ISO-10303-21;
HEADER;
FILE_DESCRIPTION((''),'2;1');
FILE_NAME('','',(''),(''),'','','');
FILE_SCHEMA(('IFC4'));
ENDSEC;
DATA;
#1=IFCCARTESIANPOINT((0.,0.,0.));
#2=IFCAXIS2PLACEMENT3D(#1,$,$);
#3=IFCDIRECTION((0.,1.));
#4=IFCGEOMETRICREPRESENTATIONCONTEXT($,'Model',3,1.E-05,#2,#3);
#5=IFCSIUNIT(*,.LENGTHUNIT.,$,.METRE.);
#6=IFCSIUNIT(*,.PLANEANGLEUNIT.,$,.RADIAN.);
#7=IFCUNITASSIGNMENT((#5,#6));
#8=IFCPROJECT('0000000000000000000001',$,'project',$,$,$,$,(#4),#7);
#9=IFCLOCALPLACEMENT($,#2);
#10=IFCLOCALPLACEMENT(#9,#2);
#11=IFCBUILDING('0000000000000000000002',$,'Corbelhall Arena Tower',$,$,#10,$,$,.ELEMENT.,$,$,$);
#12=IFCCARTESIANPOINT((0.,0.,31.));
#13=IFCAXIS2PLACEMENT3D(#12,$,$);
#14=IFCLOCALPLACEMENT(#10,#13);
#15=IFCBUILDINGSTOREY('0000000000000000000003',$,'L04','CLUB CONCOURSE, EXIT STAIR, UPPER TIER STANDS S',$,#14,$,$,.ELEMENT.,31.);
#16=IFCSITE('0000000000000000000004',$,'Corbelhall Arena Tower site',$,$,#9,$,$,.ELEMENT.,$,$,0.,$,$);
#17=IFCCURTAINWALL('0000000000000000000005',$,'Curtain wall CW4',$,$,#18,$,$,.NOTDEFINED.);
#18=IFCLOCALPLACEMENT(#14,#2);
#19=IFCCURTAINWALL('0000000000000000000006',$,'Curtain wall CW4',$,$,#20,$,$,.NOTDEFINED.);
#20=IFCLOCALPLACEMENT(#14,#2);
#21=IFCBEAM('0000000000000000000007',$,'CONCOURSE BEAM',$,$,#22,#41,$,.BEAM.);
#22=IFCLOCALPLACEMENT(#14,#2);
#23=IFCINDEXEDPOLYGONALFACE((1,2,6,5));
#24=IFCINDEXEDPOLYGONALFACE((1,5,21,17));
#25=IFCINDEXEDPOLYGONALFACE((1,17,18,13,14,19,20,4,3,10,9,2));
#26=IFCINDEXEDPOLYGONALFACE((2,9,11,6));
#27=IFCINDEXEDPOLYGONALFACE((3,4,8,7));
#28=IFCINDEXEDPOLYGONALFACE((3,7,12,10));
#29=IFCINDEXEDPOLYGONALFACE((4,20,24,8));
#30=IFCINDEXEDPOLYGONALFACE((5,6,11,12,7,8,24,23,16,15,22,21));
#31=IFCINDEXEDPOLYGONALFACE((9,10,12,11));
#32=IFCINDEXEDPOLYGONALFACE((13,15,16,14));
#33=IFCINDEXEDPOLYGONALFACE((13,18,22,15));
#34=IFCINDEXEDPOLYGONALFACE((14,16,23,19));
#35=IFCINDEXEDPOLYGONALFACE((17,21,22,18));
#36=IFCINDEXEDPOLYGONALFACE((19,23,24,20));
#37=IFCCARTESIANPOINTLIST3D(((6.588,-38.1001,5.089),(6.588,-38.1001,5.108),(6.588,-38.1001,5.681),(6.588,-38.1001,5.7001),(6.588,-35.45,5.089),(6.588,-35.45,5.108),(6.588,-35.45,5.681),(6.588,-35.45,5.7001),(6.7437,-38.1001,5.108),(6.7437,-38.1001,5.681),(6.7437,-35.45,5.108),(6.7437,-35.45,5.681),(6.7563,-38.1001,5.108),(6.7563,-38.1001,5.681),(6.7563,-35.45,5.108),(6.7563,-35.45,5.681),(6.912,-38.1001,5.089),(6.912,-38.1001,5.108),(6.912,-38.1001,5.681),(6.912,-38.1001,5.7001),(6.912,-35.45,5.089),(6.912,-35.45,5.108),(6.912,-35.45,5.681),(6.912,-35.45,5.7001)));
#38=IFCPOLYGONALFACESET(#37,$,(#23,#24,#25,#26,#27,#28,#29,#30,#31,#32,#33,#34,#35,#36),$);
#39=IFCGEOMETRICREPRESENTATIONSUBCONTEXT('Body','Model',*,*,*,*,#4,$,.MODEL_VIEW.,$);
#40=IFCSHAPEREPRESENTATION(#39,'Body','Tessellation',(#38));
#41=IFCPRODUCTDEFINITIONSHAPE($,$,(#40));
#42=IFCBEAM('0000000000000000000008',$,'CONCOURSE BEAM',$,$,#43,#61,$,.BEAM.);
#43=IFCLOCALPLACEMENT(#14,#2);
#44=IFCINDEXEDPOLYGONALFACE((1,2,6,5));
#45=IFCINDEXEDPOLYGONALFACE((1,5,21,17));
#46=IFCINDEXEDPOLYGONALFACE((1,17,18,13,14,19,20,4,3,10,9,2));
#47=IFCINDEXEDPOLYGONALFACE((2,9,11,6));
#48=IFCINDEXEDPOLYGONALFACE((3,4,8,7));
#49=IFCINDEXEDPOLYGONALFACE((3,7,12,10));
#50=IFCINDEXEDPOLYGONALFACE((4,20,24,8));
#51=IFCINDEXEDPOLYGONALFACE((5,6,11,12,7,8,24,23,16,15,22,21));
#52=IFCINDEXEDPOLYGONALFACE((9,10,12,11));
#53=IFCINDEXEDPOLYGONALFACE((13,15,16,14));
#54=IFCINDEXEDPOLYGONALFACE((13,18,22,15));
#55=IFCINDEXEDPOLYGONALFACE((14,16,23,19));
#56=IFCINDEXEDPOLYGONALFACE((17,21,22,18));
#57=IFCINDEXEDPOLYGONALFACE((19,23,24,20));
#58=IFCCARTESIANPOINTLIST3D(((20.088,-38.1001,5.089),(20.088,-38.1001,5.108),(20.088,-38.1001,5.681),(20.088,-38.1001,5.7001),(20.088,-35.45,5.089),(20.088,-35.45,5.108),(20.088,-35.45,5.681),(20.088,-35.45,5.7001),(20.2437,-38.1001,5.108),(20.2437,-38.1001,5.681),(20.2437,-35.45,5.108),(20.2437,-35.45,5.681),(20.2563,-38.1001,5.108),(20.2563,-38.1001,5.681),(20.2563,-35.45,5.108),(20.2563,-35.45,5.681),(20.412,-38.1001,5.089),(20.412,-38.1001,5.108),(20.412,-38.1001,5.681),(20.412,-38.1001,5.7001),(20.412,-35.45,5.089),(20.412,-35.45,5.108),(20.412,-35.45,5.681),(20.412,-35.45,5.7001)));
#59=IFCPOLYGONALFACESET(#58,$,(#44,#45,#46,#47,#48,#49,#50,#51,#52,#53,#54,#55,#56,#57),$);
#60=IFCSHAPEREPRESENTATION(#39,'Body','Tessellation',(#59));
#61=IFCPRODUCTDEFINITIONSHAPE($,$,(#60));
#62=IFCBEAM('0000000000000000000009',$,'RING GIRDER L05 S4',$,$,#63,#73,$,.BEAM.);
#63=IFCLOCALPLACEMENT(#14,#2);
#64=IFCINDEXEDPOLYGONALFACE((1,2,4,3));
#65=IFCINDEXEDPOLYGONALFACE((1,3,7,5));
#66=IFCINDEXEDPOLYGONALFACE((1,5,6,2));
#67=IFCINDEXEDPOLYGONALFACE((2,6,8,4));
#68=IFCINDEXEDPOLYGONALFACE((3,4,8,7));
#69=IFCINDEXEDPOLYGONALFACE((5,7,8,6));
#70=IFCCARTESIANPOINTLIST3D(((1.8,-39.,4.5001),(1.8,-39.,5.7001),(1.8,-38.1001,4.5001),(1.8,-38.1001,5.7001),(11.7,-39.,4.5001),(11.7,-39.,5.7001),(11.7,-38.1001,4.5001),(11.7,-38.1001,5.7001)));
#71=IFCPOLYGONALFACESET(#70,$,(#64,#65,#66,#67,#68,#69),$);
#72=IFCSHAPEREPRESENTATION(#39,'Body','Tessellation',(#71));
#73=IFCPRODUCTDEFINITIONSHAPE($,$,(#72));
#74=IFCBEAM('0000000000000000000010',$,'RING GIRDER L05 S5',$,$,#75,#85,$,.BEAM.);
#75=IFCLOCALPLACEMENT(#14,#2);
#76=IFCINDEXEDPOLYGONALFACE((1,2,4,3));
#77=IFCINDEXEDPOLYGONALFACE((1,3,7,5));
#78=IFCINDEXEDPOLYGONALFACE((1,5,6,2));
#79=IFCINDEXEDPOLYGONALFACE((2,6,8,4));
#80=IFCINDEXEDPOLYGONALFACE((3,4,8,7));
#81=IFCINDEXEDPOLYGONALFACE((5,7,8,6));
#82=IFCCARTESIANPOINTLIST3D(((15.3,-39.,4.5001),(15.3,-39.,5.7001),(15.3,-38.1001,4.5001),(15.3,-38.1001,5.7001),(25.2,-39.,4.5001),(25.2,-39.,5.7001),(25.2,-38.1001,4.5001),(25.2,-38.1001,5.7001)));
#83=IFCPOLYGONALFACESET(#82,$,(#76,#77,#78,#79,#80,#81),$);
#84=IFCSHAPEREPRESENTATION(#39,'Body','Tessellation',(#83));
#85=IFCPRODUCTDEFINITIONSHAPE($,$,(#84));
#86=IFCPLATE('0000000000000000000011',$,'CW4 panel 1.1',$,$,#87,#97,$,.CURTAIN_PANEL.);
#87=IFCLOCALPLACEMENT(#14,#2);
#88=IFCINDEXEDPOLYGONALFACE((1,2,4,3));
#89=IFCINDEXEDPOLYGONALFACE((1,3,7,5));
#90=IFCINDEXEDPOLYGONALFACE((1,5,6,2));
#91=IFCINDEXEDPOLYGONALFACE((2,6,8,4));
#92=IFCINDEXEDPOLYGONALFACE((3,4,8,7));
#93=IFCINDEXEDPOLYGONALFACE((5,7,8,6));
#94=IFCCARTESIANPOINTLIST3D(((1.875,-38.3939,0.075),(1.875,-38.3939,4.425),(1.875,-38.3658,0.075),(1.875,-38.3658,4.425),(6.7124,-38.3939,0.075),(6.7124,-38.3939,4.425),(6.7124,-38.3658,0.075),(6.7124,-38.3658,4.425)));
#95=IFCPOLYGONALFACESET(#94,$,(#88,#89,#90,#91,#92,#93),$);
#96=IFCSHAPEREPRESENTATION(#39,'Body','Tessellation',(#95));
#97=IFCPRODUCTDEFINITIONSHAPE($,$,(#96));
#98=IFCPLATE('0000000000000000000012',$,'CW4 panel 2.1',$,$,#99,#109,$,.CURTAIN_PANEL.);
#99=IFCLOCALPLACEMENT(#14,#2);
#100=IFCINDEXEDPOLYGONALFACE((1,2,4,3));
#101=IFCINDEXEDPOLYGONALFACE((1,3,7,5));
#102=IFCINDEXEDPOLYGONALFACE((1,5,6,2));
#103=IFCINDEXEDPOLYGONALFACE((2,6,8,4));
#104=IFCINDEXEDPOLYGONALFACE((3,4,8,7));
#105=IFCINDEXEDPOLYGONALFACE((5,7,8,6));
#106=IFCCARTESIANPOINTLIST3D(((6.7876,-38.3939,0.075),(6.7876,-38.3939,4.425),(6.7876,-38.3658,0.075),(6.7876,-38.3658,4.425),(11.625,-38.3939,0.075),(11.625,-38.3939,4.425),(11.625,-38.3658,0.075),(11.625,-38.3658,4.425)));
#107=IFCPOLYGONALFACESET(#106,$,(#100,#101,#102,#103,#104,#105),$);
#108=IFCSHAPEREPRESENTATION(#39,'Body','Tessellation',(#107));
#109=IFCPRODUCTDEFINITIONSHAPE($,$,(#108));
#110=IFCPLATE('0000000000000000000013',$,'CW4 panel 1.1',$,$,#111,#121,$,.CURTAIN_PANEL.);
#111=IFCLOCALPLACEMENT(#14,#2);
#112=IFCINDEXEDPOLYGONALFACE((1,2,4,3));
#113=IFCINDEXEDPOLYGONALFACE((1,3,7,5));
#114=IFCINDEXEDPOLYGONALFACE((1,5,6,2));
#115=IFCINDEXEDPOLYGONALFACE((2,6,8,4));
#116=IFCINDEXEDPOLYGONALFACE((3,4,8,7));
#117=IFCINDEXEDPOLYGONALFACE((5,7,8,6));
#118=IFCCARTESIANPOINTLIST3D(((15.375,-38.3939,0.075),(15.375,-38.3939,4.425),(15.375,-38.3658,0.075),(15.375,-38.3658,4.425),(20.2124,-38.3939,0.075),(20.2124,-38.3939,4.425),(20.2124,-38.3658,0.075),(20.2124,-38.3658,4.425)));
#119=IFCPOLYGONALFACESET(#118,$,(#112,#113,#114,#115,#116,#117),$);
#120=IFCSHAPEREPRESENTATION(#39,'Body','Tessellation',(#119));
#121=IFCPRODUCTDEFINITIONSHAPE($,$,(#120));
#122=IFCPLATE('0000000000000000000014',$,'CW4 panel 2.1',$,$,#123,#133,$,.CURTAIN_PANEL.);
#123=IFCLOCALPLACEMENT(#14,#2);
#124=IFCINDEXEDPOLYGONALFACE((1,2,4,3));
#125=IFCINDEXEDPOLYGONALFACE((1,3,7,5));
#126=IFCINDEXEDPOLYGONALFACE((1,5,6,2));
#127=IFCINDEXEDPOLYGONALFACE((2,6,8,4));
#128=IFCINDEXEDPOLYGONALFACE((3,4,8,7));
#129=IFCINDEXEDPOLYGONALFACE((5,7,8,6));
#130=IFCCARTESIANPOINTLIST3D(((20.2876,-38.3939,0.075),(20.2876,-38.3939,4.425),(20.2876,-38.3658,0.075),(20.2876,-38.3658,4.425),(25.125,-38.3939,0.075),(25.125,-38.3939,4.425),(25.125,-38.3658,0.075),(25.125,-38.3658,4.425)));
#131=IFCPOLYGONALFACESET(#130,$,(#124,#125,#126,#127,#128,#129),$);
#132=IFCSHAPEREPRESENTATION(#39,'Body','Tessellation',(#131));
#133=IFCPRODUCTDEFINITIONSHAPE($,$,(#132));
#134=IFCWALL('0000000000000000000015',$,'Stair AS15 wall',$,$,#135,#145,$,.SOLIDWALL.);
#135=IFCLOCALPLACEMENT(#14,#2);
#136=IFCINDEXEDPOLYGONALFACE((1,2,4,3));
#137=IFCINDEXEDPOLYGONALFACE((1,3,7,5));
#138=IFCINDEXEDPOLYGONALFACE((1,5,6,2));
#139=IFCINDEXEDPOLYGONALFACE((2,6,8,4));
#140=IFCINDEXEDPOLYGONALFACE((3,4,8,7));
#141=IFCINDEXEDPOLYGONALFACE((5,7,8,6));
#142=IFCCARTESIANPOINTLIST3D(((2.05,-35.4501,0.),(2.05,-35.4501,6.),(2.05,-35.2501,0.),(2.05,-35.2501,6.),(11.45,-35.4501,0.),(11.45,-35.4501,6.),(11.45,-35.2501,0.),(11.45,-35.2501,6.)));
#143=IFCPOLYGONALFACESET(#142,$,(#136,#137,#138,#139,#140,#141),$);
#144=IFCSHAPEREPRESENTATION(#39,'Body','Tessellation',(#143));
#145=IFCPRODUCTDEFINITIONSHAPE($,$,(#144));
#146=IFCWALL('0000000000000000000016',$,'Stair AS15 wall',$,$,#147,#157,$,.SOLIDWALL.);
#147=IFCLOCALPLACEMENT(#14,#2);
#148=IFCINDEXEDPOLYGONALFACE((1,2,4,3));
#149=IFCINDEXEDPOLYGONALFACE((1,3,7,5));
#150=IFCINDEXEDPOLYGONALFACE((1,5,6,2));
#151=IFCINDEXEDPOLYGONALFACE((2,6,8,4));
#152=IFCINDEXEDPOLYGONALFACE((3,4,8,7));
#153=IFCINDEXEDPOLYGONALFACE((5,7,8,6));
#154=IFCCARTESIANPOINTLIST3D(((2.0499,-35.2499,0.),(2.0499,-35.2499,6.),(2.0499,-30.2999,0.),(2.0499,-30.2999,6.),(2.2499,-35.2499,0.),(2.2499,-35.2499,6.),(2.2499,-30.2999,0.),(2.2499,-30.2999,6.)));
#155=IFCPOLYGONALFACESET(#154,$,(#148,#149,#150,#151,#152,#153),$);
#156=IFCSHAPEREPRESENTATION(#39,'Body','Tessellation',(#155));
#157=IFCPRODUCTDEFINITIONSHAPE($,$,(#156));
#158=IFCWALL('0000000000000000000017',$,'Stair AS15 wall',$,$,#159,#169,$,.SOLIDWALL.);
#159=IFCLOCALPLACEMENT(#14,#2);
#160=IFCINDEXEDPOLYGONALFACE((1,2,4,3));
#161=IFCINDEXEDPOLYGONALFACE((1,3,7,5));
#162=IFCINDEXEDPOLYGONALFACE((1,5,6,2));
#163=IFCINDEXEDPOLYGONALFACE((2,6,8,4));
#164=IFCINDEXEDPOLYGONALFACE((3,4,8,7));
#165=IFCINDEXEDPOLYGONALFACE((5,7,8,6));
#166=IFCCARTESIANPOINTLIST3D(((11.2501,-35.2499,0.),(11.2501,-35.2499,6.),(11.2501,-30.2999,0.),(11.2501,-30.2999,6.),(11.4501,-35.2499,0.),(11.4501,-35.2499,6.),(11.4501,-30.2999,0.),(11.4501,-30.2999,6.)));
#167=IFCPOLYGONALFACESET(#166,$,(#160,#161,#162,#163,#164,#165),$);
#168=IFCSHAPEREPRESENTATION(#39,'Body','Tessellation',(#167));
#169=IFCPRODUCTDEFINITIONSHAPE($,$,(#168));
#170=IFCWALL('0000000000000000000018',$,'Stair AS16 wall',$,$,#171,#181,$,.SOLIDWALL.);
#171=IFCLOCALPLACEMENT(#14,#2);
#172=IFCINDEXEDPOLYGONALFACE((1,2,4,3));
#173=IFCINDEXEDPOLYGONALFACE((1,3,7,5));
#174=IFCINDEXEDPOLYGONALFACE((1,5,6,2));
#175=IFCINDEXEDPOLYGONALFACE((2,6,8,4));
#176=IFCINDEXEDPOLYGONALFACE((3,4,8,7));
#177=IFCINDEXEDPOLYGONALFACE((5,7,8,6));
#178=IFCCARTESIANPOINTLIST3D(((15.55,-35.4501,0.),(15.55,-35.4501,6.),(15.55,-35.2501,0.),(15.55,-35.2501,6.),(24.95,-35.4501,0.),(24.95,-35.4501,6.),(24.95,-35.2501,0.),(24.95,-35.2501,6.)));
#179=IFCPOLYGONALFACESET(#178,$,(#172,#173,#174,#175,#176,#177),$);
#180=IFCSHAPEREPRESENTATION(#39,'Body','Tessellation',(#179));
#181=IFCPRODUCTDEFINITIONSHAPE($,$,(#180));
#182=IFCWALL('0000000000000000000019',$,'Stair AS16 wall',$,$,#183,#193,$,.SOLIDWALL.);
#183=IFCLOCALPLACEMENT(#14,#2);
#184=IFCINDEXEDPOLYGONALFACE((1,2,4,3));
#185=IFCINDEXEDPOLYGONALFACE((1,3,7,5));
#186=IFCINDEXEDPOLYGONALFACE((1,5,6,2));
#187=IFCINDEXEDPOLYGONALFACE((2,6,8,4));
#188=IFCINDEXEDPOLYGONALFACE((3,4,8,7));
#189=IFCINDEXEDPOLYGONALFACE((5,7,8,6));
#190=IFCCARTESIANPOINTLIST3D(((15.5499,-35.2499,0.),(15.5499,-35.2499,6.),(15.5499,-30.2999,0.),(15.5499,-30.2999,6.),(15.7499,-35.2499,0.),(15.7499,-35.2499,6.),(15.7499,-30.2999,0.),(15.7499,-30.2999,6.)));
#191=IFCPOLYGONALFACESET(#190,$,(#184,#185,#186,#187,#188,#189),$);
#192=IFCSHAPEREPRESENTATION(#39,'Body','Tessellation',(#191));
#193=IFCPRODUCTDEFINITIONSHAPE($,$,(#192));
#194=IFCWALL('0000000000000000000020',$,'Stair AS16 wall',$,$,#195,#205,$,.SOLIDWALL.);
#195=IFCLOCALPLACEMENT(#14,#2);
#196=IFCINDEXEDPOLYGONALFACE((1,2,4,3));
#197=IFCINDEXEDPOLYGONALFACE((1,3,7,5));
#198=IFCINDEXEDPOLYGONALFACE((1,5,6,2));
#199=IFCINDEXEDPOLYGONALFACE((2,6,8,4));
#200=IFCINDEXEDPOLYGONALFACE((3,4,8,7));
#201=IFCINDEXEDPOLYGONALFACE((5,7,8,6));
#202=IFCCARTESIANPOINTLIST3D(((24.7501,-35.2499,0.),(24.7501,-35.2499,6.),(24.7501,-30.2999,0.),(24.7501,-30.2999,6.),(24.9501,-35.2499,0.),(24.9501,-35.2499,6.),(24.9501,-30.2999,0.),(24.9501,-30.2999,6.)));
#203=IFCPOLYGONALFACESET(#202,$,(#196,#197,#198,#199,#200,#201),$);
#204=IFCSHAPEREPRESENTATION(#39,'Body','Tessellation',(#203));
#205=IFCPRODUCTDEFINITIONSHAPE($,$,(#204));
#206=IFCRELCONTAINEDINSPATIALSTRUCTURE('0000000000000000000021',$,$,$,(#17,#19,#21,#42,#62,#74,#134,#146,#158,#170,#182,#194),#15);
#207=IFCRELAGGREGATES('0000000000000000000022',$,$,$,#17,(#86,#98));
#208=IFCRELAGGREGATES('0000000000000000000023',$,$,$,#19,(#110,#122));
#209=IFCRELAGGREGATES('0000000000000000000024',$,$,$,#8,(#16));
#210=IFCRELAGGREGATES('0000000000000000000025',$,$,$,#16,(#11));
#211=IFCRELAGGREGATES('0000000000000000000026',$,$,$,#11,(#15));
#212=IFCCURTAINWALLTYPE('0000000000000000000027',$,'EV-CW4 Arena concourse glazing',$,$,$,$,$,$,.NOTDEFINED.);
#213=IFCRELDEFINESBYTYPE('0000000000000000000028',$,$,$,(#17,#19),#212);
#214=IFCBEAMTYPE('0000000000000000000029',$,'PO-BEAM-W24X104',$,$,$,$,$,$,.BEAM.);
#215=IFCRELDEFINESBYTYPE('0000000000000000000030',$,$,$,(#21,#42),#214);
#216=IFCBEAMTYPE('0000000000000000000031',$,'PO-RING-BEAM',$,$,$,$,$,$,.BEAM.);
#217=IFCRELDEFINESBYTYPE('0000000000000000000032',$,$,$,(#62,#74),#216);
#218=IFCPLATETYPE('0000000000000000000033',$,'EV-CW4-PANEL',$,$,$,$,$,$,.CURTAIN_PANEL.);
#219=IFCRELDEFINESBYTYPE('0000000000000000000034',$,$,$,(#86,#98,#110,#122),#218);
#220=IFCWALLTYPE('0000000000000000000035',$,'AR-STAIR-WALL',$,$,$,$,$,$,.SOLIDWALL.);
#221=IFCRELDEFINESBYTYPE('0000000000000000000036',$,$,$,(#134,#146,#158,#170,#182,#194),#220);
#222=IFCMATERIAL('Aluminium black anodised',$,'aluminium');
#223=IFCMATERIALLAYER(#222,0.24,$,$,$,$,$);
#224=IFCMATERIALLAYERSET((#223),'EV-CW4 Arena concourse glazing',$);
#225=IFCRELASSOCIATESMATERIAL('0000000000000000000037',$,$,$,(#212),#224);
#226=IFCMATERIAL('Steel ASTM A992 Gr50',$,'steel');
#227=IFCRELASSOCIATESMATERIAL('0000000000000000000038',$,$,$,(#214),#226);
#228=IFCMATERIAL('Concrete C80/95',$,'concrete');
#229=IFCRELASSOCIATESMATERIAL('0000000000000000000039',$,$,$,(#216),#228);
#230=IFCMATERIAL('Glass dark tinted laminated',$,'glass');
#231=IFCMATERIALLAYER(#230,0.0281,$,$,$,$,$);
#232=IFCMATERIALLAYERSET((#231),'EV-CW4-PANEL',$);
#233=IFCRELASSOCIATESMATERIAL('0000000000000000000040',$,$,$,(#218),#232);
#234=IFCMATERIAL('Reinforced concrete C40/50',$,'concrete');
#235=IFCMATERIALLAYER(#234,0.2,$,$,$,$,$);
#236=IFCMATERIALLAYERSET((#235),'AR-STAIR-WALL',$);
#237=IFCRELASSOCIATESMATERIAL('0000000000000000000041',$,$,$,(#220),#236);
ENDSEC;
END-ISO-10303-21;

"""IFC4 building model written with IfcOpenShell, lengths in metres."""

from ifc_helpers import new_model, si_unit, direction, frame, frame_2d, origin, origin_2d, place, context, subcontext, project, spatial, rectangle, i_section, extrude, material, layer, layer_set, material_profile, profile_set, type_object, element, aggregate, save


model = new_model("IFC4")

# Units and contexts
model_context = context("Model", 3, precision=1e-05, world=origin(), true_north=direction((0.0, 1.0)))
body_context = subcontext(model_context, "Body", "Model", "MODEL_VIEW")
ifc_project = project(units=[si_unit("LENGTHUNIT", "METRE"), si_unit("PLANEANGLEUNIT", "RADIAN")], contexts=[model_context])

# Site, building, storey
site_placement = place(None, origin())
site = spatial("IfcSite", under=ifc_project, at=site_placement, Name="Corbelhall Arena Tower site", CompositionType="ELEMENT", RefElevation=0.0)
building_placement = place(site_placement, origin())
building = spatial("IfcBuilding", under=site, at=building_placement, Name="Corbelhall Arena Tower", CompositionType="ELEMENT")
storey_placement = place(building_placement, frame((0.0, 0.0, 31.0)))
storey = spatial("IfcBuildingStorey", under=building, at=storey_placement, Name="L04", Description="CLUB CONCOURSE, EXIT STAIR, UPPER TIER STANDS S", CompositionType="ELEMENT", Elevation=31.0)

# Shared definitions
ifc_material_1 = material(Name="Concrete C80/95", Category="concrete")

# Curtain walls
ifc_material_2 = material(Name="Aluminium black anodised", Category="aluminium")
ifc_layer_1 = layer(ifc_material_2, 0.24)
ifc_layer_set_1 = layer_set([ifc_layer_1], Name="EV-CW4 Arena concourse glazing")
curtain_wall_type = type_object("IfcCurtainWallType", Name="EV-CW4 Arena concourse glazing", PredefinedType="NOTDEFINED", material=ifc_layer_set_1)
curtain_wall_1_placement = place(storey_placement, origin())
curtain_wall_1 = element("IfcCurtainWall", 1, at=curtain_wall_1_placement, inside=storey, type_object=curtain_wall_type, Name="Curtain wall CW4", PredefinedType="NOTDEFINED")
curtain_wall_2_placement = place(storey_placement, origin())
curtain_wall_2 = element("IfcCurtainWall", 2, at=curtain_wall_2_placement, inside=storey, type_object=curtain_wall_type, Name="Curtain wall CW4", PredefinedType="NOTDEFINED")

# Beams
ifc_material_3 = material(Name="Steel ASTM A992 Gr50", Category="steel")
ifc_material_profile_1 = material_profile(ifc_material_3, i_section(OverallWidth=0.324, OverallDepth=0.6111, WebThickness=0.0127, FlangeThickness=0.019, at=origin_2d()))
ifc_profile_set_1 = profile_set([ifc_material_profile_1], Name="Steel ASTM A992 Gr50")
beam_type_1 = type_object("IfcBeamType", Name="PO-BEAM-W24X104", PredefinedType="BEAM", material=ifc_profile_set_1)
for number, where, z_axis, x_axis, name in (
    (3, (6.75, -35.45, 5.3945), (0.0, -1.0, 0.0), (1.0, 0.0, 0.0), "CONCOURSE BEAM"),
    (4, (20.25, -35.45, 5.3945), (0.0, -1.0, 0.0), (1.0, 0.0, 0.0), "CONCOURSE BEAM"),
):
    element("IfcBeam", number, at=place(storey_placement, frame(where, z_axis=z_axis, x_axis=x_axis)), inside=storey, type_object=beam_type_1, Name=name, PredefinedType="BEAM", context=body_context, shape_type="SweptSolid", body=[
        extrude(i_section(OverallWidth=0.324, OverallDepth=0.6111, WebThickness=0.0127, FlangeThickness=0.019, at=origin_2d()), origin(), (0.0, 0.0, 1.0), 2.6501),
    ])
ifc_material_profile_2 = material_profile(ifc_material_1, rectangle(XDim=0.8999, YDim=1.2, at=origin_2d()))
ifc_profile_set_2 = profile_set([ifc_material_profile_2], Name="Concrete C80/95")
beam_type_2 = type_object("IfcBeamType", Name="PO-RING-BEAM", PredefinedType="BEAM", material=ifc_profile_set_2)
for number, where, z_axis, x_axis, name in (
    (5, (1.8, -38.55, 5.1001), (1.0, 0.0, 0.0), (0.0, 1.0, 0.0), "RING GIRDER L05 S4"),
    (6, (15.3, -38.55, 5.1001), (1.0, 0.0, 0.0), (0.0, 1.0, 0.0), "RING GIRDER L05 S5"),
):
    element("IfcBeam", number, at=place(storey_placement, frame(where, z_axis=z_axis, x_axis=x_axis)), inside=storey, type_object=beam_type_2, Name=name, PredefinedType="BEAM", context=body_context, shape_type="SweptSolid", body=[
        extrude(rectangle(XDim=0.8999, YDim=1.2, at=origin_2d()), origin(), (0.0, 0.0, 1.0), 9.8999),
    ])

# Plates
ifc_material_4 = material(Name="Glass dark tinted laminated", Category="glass")
ifc_layer_2 = layer(ifc_material_4, 0.0281)
ifc_layer_set_2 = layer_set([ifc_layer_2], Name="EV-CW4-PANEL")
plate_type = type_object("IfcPlateType", Name="EV-CW4-PANEL", PredefinedType="CURTAIN_PANEL", material=ifc_layer_set_2)
plate_1_placement = place(storey_placement, frame((4.2937, -38.3799, 0.075), z_axis=(0.0, 0.0, 1.0), x_axis=(1.0, 0.0, 0.0)))
plate_1 = element("IfcPlate", 7, at=plate_1_placement, type_object=plate_type, Name="CW4 panel 1.1", PredefinedType="CURTAIN_PANEL", context=body_context, shape_type="SweptSolid", body=[
    extrude(rectangle(XDim=4.8374, YDim=0.0281, at=origin_2d()), origin(), (0.0, 0.0, 1.0), 4.3501),
])
plate_2_placement = place(storey_placement, frame((9.2063, -38.3799, 0.075), z_axis=(0.0, 0.0, 1.0), x_axis=(1.0, 0.0, 0.0)))
plate_2 = element("IfcPlate", 8, at=plate_2_placement, type_object=plate_type, Name="CW4 panel 2.1", PredefinedType="CURTAIN_PANEL", context=body_context, shape_type="SweptSolid", body=[
    extrude(rectangle(XDim=4.8374, YDim=0.0281, at=origin_2d()), origin(), (0.0, 0.0, 1.0), 4.3501),
])
aggregate(curtain_wall_1, [plate_1, plate_2])
plate_3_placement = place(storey_placement, frame((17.7937, -38.3799, 0.075), z_axis=(0.0, 0.0, 1.0), x_axis=(1.0, 0.0, 0.0)))
plate_3 = element("IfcPlate", 9, at=plate_3_placement, type_object=plate_type, Name="CW4 panel 1.1", PredefinedType="CURTAIN_PANEL", context=body_context, shape_type="SweptSolid", body=[
    extrude(rectangle(XDim=4.8374, YDim=0.0281, at=origin_2d()), origin(), (0.0, 0.0, 1.0), 4.3501),
])
plate_4_placement = place(storey_placement, frame((22.7063, -38.3799, 0.075), z_axis=(0.0, 0.0, 1.0), x_axis=(1.0, 0.0, 0.0)))
plate_4 = element("IfcPlate", 10, at=plate_4_placement, type_object=plate_type, Name="CW4 panel 2.1", PredefinedType="CURTAIN_PANEL", context=body_context, shape_type="SweptSolid", body=[
    extrude(rectangle(XDim=4.8374, YDim=0.0281, at=origin_2d()), origin(), (0.0, 0.0, 1.0), 4.3501),
])
aggregate(curtain_wall_2, [plate_3, plate_4])

# Walls
ifc_material_5 = material(Name="Reinforced concrete C40/50", Category="concrete")
ifc_layer_3 = layer(ifc_material_5, 0.2)
ifc_layer_set_3 = layer_set([ifc_layer_3], Name="AR-STAIR-WALL")
wall_type = type_object("IfcWallType", Name="AR-STAIR-WALL", PredefinedType="SOLIDWALL", material=ifc_layer_set_3)
wall_1_placement = place(storey_placement, frame((2.05, -35.3501, 0.0), z_axis=(0.0, 0.0, 1.0), x_axis=(1.0, 0.0, 0.0)))
element("IfcWall", 11, at=wall_1_placement, inside=storey, type_object=wall_type, Name="Stair AS15 wall", PredefinedType="SOLIDWALL", context=body_context, shape_type="SweptSolid", body=[
    extrude(rectangle(XDim=9.3999, YDim=0.2, at=frame_2d((4.7, 0.0))), origin(), (0.0, 0.0, 1.0), 6.0),
])
for number, where, z_axis, x_axis, name in (
    (12, (2.1499, -35.25, 0.0), (0.0, 0.0, 1.0), (0.0, 1.0, 0.0), "Stair AS15 wall"),
    (13, (11.3501, -35.25, 0.0), (0.0, 0.0, 1.0), (0.0, 1.0, 0.0), "Stair AS15 wall"),
):
    element("IfcWall", number, at=place(storey_placement, frame(where, z_axis=z_axis, x_axis=x_axis)), inside=storey, type_object=wall_type, Name=name, PredefinedType="SOLIDWALL", context=body_context, shape_type="SweptSolid", body=[
        extrude(rectangle(XDim=4.95, YDim=0.2, at=frame_2d((2.4751, 0.0))), origin(), (0.0, 0.0, 1.0), 6.0),
    ])
wall_2_placement = place(storey_placement, frame((15.55, -35.3501, 0.0), z_axis=(0.0, 0.0, 1.0), x_axis=(1.0, 0.0, 0.0)))
element("IfcWall", 14, at=wall_2_placement, inside=storey, type_object=wall_type, Name="Stair AS16 wall", PredefinedType="SOLIDWALL", context=body_context, shape_type="SweptSolid", body=[
    extrude(rectangle(XDim=9.3999, YDim=0.2, at=frame_2d((4.7, 0.0))), origin(), (0.0, 0.0, 1.0), 6.0),
])
for number, where, z_axis, x_axis, name in (
    (15, (15.6499, -35.25, 0.0), (0.0, 0.0, 1.0), (0.0, 1.0, 0.0), "Stair AS16 wall"),
    (16, (24.8501, -35.25, 0.0), (0.0, 0.0, 1.0), (0.0, 1.0, 0.0), "Stair AS16 wall"),
):
    element("IfcWall", number, at=place(storey_placement, frame(where, z_axis=z_axis, x_axis=x_axis)), inside=storey, type_object=wall_type, Name=name, PredefinedType="SOLIDWALL", context=body_context, shape_type="SweptSolid", body=[
        extrude(rectangle(XDim=4.95, YDim=0.2, at=frame_2d((2.4751, 0.0))), origin(), (0.0, 0.0, 1.0), 6.0),
    ])

save(model, "model.ifc")
